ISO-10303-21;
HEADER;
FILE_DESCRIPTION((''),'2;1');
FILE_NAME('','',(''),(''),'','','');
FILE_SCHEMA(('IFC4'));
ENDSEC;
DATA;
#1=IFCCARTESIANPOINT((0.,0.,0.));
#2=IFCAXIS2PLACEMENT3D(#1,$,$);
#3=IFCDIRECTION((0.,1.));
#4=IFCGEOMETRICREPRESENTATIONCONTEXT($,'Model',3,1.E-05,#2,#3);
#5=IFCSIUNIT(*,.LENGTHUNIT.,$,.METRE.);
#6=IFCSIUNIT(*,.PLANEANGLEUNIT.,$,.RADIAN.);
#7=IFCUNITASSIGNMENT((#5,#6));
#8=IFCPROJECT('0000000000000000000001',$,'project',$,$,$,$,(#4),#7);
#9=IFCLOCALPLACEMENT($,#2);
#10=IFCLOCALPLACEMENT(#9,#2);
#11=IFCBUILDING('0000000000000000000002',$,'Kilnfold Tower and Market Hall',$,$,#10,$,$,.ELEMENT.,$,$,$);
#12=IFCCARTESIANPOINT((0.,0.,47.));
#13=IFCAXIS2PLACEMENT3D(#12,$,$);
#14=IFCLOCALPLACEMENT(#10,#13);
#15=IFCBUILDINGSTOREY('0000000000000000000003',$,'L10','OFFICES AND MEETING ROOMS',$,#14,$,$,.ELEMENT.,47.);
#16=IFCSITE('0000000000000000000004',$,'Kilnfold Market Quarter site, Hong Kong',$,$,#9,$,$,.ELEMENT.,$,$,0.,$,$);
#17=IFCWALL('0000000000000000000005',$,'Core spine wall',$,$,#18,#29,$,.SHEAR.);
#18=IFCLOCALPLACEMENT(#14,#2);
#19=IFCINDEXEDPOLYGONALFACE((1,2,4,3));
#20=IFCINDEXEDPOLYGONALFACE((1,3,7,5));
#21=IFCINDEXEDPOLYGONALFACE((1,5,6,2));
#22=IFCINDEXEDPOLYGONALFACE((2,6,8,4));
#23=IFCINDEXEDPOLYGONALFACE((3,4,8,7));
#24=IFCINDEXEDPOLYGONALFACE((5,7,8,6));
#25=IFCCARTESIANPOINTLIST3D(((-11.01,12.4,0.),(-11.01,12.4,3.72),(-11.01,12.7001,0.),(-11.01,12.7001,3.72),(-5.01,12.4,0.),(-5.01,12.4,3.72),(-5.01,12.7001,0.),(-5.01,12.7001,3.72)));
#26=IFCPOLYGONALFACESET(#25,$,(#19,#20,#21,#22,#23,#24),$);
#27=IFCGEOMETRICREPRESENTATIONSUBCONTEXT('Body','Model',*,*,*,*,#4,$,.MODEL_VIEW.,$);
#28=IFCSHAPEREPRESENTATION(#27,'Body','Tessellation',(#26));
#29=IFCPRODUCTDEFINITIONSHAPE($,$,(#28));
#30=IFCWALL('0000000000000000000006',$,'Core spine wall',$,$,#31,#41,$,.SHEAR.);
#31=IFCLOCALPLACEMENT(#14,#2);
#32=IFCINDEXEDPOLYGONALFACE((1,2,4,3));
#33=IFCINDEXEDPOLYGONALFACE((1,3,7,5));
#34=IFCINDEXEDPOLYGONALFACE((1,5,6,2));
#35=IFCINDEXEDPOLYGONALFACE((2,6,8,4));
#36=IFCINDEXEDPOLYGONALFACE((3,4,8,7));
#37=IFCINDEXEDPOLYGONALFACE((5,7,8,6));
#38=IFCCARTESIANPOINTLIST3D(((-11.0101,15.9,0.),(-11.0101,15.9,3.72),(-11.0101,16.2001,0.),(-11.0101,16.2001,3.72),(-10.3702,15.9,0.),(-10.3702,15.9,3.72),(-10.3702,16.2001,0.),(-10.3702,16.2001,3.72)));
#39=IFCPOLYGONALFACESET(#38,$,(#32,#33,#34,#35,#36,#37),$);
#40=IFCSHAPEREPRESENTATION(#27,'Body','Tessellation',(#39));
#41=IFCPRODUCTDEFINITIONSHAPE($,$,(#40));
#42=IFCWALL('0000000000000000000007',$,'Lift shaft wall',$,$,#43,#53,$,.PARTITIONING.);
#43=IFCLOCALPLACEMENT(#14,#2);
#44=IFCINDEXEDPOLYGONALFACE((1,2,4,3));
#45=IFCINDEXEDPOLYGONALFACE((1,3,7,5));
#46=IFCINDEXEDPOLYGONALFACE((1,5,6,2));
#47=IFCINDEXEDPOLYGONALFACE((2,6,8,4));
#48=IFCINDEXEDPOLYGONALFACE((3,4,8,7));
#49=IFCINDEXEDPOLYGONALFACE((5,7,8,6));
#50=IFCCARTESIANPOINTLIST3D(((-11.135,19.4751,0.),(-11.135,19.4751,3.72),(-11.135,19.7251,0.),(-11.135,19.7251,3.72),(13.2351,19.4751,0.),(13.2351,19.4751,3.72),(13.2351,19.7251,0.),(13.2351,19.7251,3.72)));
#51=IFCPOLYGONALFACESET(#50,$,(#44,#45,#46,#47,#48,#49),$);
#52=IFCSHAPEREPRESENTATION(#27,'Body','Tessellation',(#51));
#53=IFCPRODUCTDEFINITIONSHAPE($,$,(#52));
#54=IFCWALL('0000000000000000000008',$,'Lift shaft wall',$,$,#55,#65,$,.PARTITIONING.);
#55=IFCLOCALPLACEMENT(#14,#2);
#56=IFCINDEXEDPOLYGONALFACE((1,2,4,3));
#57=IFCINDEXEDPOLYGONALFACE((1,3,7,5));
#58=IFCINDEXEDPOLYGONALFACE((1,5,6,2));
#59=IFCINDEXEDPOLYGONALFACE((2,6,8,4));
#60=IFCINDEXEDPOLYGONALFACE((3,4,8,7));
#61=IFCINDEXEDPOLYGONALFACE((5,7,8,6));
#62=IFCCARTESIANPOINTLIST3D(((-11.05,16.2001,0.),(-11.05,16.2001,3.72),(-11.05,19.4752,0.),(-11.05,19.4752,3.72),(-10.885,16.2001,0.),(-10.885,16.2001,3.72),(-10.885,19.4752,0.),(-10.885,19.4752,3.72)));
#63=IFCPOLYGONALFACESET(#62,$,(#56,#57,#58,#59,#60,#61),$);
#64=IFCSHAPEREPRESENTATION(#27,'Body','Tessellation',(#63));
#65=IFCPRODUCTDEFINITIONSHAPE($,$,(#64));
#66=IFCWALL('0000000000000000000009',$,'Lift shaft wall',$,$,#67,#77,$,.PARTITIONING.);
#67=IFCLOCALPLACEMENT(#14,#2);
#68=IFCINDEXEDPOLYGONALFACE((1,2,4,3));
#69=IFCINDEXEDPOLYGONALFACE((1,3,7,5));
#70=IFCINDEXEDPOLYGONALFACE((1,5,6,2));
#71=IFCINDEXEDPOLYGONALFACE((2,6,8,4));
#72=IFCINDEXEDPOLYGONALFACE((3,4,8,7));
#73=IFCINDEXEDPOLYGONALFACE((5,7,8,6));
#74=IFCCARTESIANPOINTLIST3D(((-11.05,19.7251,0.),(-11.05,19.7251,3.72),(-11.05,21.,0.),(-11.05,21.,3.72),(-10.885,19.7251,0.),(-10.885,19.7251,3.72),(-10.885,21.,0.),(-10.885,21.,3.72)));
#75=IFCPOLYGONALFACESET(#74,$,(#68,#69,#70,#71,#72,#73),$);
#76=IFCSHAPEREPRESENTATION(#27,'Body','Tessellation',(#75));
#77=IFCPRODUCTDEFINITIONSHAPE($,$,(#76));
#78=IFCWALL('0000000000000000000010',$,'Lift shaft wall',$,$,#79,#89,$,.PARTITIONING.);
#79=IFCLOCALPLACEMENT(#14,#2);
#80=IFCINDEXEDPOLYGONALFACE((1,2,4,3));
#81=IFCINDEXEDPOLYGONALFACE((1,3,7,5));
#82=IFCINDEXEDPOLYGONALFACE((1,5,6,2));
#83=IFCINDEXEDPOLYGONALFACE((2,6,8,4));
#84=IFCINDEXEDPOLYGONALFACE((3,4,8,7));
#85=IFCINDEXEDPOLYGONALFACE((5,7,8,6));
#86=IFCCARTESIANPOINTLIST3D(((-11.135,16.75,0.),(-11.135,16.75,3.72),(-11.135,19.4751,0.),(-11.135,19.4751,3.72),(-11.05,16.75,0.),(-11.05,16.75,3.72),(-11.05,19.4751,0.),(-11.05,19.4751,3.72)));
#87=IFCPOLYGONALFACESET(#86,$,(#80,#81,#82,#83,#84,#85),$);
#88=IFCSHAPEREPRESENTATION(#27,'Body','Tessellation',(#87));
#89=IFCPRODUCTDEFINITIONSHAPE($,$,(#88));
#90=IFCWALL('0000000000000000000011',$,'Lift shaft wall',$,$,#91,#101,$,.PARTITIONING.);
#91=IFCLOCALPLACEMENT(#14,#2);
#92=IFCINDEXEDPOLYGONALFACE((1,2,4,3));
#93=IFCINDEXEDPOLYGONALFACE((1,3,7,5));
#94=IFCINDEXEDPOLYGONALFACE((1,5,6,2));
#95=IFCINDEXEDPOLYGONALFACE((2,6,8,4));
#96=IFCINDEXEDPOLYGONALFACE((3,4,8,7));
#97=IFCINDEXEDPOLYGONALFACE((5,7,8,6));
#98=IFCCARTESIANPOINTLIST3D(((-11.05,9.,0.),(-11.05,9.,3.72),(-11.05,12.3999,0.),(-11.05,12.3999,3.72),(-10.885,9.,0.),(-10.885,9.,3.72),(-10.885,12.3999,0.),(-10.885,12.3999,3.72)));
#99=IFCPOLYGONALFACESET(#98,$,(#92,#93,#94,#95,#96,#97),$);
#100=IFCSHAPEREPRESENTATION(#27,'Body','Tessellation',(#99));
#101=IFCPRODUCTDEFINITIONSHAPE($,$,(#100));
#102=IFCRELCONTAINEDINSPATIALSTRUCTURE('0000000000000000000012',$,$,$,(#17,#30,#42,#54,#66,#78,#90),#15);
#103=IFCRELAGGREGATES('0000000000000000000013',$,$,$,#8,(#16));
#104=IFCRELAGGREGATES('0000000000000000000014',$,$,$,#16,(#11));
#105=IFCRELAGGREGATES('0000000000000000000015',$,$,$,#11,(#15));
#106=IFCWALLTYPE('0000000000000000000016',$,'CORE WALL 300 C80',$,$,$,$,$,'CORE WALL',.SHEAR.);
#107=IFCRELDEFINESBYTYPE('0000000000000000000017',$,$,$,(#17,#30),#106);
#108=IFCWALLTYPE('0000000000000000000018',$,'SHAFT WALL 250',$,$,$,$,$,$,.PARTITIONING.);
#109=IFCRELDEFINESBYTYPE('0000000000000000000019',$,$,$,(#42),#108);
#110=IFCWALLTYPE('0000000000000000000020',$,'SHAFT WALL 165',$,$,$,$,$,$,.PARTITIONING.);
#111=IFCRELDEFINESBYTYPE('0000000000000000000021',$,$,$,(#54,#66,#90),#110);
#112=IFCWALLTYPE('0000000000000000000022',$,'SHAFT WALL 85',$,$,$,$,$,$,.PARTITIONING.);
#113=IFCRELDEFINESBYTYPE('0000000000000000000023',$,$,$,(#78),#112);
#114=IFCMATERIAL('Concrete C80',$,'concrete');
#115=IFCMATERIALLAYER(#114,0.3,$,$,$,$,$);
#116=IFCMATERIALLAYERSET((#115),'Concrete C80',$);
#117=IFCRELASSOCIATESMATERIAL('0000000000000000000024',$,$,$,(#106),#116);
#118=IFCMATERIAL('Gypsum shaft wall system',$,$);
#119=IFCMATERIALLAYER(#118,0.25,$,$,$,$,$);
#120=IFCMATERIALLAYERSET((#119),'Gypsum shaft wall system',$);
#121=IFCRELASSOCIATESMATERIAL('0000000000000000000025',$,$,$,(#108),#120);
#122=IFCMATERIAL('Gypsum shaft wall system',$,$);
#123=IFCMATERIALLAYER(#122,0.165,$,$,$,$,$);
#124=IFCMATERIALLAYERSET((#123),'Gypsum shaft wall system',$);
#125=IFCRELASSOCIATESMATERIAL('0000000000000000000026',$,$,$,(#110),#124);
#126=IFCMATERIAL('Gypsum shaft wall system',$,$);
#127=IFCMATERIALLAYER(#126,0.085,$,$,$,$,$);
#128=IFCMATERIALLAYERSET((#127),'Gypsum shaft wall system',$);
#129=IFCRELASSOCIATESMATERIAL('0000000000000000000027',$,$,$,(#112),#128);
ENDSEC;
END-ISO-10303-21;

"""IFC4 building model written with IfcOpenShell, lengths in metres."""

from ifc_helpers import new_model, si_unit, direction, frame, frame_2d, origin, place, context, subcontext, project, spatial, rectangle, extrude, source, transform, mapped, material, layer, layer_set, type_object, element, save


model = new_model("IFC4")

# Units and contexts
model_context = context("Model", 3, precision=1e-05, world=origin(), true_north=direction((0.0, 1.0)))
body_context = subcontext(model_context, "Body", "Model", "MODEL_VIEW")
ifc_project = project(units=[si_unit("LENGTHUNIT", "METRE"), si_unit("PLANEANGLEUNIT", "RADIAN")], contexts=[model_context])

# Site, building, storey
site_placement = place(None, origin())
site = spatial("IfcSite", under=ifc_project, at=site_placement, Name="Kilnfold Market Quarter site, Hong Kong", CompositionType="ELEMENT", RefElevation=0.0)
building_placement = place(site_placement, origin())
building = spatial("IfcBuilding", under=site, at=building_placement, Name="Kilnfold Tower and Market Hall", CompositionType="ELEMENT")
storey_placement = place(building_placement, frame((0.0, 0.0, 47.0)))
storey = spatial("IfcBuildingStorey", under=building, at=storey_placement, Name="L10", Description="OFFICES AND MEETING ROOMS", CompositionType="ELEMENT", Elevation=47.0)

# Walls
ifc_material_1 = material(Name="Concrete C80", Category="concrete")
ifc_layer_1 = layer(ifc_material_1, 0.3)
ifc_layer_set_1 = layer_set([ifc_layer_1], Name="Concrete C80")
wall_type_1 = type_object("IfcWallType", Name="CORE WALL 300 C80", ElementType="CORE WALL", PredefinedType="SHEAR", material=ifc_layer_set_1)
shared_shape_1 = source(origin(), body_context, "Body", "SweptSolid", [
    extrude(rectangle(XDim=6.0, YDim=0.3, at=frame_2d((3.0, 0.0))), origin(), (0.0, 0.0, 1.0), 3.72),
])
wall_1_placement = place(storey_placement, frame((-11.01, 12.55, 0.0), z_axis=(0.0, 0.0, 1.0), x_axis=(1.0, 0.0, 0.0)))
element("IfcWall", 1, at=wall_1_placement, inside=storey, type_object=wall_type_1, Name="Core spine wall", PredefinedType="SHEAR", context=body_context, shape_type="MappedRepresentation", body=[
    mapped(shared_shape_1, transform((0.0, 0.0, 0.0))),
])
shared_shape_2 = source(origin(), body_context, "Body", "SweptSolid", [
    extrude(rectangle(XDim=0.6399, YDim=0.3, at=frame_2d((0.3198, 0.0))), origin(), (0.0, 0.0, 1.0), 3.72),
])
wall_2_placement = place(storey_placement, frame((-11.01, 16.05, 0.0), z_axis=(0.0, 0.0, 1.0), x_axis=(1.0, 0.0, 0.0)))
element("IfcWall", 2, at=wall_2_placement, inside=storey, type_object=wall_type_1, Name="Core spine wall", PredefinedType="SHEAR", context=body_context, shape_type="MappedRepresentation", body=[
    mapped(shared_shape_2, transform((0.0, 0.0, 0.0))),
])
ifc_material_2 = material(Name="Gypsum shaft wall system")
ifc_layer_2 = layer(ifc_material_2, 0.25)
ifc_layer_set_2 = layer_set([ifc_layer_2], Name="Gypsum shaft wall system")
wall_type_2 = type_object("IfcWallType", Name="SHAFT WALL 250", PredefinedType="PARTITIONING", material=ifc_layer_set_2)
shared_shape_3 = source(origin(), body_context, "Body", "SweptSolid", [
    extrude(rectangle(XDim=24.3701, YDim=0.25, at=frame_2d((12.1851, 0.0))), origin(), (0.0, 0.0, 1.0), 3.72),
])
wall_3_placement = place(storey_placement, frame((-11.135, 19.6001, 0.0), z_axis=(0.0, 0.0, 1.0), x_axis=(1.0, 0.0, 0.0)))
element("IfcWall", 3, at=wall_3_placement, inside=storey, type_object=wall_type_2, Name="Lift shaft wall", PredefinedType="PARTITIONING", context=body_context, shape_type="MappedRepresentation", body=[
    mapped(shared_shape_3, transform((0.0, 0.0, 0.0))),
])
ifc_material_3 = material(Name="Gypsum shaft wall system")
ifc_layer_3 = layer(ifc_material_3, 0.165)
ifc_layer_set_3 = layer_set([ifc_layer_3], Name="Gypsum shaft wall system")
wall_type_3 = type_object("IfcWallType", Name="SHAFT WALL 165", PredefinedType="PARTITIONING", material=ifc_layer_set_3)
shared_shape_4 = source(origin(), body_context, "Body", "SweptSolid", [
    extrude(rectangle(XDim=3.2751, YDim=0.165, at=frame_2d((1.6377, 0.0))), origin(), (0.0, 0.0, 1.0), 3.72),
])
wall_4_placement = place(storey_placement, frame((-10.9675, 16.2, 0.0), z_axis=(0.0, 0.0, 1.0), x_axis=(0.0, 1.0, 0.0)))
element("IfcWall", 4, at=wall_4_placement, inside=storey, type_object=wall_type_3, Name="Lift shaft wall", PredefinedType="PARTITIONING", context=body_context, shape_type="MappedRepresentation", body=[
    mapped(shared_shape_4, transform((0.0, 0.0, 0.0))),
])
shared_shape_5 = source(origin(), body_context, "Body", "SweptSolid", [
    extrude(rectangle(XDim=1.2749, YDim=0.165, at=frame_2d((0.6375, 0.0))), origin(), (0.0, 0.0, 1.0), 3.72),
])
wall_5_placement = place(storey_placement, frame((-10.9675, 19.7251, 0.0), z_axis=(0.0, 0.0, 1.0), x_axis=(0.0, 1.0, 0.0)))
element("IfcWall", 5, at=wall_5_placement, inside=storey, type_object=wall_type_3, Name="Lift shaft wall", PredefinedType="PARTITIONING", context=body_context, shape_type="MappedRepresentation", body=[
    mapped(shared_shape_5, transform((0.0, 0.0, 0.0))),
])
ifc_material_4 = material(Name="Gypsum shaft wall system")
ifc_layer_4 = layer(ifc_material_4, 0.085)
ifc_layer_set_4 = layer_set([ifc_layer_4], Name="Gypsum shaft wall system")
wall_type_4 = type_object("IfcWallType", Name="SHAFT WALL 85", PredefinedType="PARTITIONING", material=ifc_layer_set_4)
shared_shape_6 = source(origin(), body_context, "Body", "SweptSolid", [
    extrude(rectangle(XDim=2.7251, YDim=0.085, at=frame_2d((1.3625, 0.0))), origin(), (0.0, 0.0, 1.0), 3.72),
])
wall_6_placement = place(storey_placement, frame((-11.0925, 16.75, 0.0), z_axis=(0.0, 0.0, 1.0), x_axis=(0.0, 1.0, 0.0)))
element("IfcWall", 6, at=wall_6_placement, inside=storey, type_object=wall_type_4, Name="Lift shaft wall", PredefinedType="PARTITIONING", context=body_context, shape_type="MappedRepresentation", body=[
    mapped(shared_shape_6, transform((0.0, 0.0, 0.0))),
])
shared_shape_7 = source(origin(), body_context, "Body", "SweptSolid", [
    extrude(rectangle(XDim=3.3999, YDim=0.165, at=frame_2d((1.7, 0.0))), origin(), (0.0, 0.0, 1.0), 3.72),
])
wall_7_placement = place(storey_placement, frame((-10.9675, 9.0, 0.0), z_axis=(0.0, 0.0, 1.0), x_axis=(0.0, 1.0, 0.0)))
element("IfcWall", 7, at=wall_7_placement, inside=storey, type_object=wall_type_3, Name="Lift shaft wall", PredefinedType="PARTITIONING", context=body_context, shape_type="MappedRepresentation", body=[
    mapped(shared_shape_7, transform((0.0, 0.0, 0.0))),
])

save(model, "model.ifc")
